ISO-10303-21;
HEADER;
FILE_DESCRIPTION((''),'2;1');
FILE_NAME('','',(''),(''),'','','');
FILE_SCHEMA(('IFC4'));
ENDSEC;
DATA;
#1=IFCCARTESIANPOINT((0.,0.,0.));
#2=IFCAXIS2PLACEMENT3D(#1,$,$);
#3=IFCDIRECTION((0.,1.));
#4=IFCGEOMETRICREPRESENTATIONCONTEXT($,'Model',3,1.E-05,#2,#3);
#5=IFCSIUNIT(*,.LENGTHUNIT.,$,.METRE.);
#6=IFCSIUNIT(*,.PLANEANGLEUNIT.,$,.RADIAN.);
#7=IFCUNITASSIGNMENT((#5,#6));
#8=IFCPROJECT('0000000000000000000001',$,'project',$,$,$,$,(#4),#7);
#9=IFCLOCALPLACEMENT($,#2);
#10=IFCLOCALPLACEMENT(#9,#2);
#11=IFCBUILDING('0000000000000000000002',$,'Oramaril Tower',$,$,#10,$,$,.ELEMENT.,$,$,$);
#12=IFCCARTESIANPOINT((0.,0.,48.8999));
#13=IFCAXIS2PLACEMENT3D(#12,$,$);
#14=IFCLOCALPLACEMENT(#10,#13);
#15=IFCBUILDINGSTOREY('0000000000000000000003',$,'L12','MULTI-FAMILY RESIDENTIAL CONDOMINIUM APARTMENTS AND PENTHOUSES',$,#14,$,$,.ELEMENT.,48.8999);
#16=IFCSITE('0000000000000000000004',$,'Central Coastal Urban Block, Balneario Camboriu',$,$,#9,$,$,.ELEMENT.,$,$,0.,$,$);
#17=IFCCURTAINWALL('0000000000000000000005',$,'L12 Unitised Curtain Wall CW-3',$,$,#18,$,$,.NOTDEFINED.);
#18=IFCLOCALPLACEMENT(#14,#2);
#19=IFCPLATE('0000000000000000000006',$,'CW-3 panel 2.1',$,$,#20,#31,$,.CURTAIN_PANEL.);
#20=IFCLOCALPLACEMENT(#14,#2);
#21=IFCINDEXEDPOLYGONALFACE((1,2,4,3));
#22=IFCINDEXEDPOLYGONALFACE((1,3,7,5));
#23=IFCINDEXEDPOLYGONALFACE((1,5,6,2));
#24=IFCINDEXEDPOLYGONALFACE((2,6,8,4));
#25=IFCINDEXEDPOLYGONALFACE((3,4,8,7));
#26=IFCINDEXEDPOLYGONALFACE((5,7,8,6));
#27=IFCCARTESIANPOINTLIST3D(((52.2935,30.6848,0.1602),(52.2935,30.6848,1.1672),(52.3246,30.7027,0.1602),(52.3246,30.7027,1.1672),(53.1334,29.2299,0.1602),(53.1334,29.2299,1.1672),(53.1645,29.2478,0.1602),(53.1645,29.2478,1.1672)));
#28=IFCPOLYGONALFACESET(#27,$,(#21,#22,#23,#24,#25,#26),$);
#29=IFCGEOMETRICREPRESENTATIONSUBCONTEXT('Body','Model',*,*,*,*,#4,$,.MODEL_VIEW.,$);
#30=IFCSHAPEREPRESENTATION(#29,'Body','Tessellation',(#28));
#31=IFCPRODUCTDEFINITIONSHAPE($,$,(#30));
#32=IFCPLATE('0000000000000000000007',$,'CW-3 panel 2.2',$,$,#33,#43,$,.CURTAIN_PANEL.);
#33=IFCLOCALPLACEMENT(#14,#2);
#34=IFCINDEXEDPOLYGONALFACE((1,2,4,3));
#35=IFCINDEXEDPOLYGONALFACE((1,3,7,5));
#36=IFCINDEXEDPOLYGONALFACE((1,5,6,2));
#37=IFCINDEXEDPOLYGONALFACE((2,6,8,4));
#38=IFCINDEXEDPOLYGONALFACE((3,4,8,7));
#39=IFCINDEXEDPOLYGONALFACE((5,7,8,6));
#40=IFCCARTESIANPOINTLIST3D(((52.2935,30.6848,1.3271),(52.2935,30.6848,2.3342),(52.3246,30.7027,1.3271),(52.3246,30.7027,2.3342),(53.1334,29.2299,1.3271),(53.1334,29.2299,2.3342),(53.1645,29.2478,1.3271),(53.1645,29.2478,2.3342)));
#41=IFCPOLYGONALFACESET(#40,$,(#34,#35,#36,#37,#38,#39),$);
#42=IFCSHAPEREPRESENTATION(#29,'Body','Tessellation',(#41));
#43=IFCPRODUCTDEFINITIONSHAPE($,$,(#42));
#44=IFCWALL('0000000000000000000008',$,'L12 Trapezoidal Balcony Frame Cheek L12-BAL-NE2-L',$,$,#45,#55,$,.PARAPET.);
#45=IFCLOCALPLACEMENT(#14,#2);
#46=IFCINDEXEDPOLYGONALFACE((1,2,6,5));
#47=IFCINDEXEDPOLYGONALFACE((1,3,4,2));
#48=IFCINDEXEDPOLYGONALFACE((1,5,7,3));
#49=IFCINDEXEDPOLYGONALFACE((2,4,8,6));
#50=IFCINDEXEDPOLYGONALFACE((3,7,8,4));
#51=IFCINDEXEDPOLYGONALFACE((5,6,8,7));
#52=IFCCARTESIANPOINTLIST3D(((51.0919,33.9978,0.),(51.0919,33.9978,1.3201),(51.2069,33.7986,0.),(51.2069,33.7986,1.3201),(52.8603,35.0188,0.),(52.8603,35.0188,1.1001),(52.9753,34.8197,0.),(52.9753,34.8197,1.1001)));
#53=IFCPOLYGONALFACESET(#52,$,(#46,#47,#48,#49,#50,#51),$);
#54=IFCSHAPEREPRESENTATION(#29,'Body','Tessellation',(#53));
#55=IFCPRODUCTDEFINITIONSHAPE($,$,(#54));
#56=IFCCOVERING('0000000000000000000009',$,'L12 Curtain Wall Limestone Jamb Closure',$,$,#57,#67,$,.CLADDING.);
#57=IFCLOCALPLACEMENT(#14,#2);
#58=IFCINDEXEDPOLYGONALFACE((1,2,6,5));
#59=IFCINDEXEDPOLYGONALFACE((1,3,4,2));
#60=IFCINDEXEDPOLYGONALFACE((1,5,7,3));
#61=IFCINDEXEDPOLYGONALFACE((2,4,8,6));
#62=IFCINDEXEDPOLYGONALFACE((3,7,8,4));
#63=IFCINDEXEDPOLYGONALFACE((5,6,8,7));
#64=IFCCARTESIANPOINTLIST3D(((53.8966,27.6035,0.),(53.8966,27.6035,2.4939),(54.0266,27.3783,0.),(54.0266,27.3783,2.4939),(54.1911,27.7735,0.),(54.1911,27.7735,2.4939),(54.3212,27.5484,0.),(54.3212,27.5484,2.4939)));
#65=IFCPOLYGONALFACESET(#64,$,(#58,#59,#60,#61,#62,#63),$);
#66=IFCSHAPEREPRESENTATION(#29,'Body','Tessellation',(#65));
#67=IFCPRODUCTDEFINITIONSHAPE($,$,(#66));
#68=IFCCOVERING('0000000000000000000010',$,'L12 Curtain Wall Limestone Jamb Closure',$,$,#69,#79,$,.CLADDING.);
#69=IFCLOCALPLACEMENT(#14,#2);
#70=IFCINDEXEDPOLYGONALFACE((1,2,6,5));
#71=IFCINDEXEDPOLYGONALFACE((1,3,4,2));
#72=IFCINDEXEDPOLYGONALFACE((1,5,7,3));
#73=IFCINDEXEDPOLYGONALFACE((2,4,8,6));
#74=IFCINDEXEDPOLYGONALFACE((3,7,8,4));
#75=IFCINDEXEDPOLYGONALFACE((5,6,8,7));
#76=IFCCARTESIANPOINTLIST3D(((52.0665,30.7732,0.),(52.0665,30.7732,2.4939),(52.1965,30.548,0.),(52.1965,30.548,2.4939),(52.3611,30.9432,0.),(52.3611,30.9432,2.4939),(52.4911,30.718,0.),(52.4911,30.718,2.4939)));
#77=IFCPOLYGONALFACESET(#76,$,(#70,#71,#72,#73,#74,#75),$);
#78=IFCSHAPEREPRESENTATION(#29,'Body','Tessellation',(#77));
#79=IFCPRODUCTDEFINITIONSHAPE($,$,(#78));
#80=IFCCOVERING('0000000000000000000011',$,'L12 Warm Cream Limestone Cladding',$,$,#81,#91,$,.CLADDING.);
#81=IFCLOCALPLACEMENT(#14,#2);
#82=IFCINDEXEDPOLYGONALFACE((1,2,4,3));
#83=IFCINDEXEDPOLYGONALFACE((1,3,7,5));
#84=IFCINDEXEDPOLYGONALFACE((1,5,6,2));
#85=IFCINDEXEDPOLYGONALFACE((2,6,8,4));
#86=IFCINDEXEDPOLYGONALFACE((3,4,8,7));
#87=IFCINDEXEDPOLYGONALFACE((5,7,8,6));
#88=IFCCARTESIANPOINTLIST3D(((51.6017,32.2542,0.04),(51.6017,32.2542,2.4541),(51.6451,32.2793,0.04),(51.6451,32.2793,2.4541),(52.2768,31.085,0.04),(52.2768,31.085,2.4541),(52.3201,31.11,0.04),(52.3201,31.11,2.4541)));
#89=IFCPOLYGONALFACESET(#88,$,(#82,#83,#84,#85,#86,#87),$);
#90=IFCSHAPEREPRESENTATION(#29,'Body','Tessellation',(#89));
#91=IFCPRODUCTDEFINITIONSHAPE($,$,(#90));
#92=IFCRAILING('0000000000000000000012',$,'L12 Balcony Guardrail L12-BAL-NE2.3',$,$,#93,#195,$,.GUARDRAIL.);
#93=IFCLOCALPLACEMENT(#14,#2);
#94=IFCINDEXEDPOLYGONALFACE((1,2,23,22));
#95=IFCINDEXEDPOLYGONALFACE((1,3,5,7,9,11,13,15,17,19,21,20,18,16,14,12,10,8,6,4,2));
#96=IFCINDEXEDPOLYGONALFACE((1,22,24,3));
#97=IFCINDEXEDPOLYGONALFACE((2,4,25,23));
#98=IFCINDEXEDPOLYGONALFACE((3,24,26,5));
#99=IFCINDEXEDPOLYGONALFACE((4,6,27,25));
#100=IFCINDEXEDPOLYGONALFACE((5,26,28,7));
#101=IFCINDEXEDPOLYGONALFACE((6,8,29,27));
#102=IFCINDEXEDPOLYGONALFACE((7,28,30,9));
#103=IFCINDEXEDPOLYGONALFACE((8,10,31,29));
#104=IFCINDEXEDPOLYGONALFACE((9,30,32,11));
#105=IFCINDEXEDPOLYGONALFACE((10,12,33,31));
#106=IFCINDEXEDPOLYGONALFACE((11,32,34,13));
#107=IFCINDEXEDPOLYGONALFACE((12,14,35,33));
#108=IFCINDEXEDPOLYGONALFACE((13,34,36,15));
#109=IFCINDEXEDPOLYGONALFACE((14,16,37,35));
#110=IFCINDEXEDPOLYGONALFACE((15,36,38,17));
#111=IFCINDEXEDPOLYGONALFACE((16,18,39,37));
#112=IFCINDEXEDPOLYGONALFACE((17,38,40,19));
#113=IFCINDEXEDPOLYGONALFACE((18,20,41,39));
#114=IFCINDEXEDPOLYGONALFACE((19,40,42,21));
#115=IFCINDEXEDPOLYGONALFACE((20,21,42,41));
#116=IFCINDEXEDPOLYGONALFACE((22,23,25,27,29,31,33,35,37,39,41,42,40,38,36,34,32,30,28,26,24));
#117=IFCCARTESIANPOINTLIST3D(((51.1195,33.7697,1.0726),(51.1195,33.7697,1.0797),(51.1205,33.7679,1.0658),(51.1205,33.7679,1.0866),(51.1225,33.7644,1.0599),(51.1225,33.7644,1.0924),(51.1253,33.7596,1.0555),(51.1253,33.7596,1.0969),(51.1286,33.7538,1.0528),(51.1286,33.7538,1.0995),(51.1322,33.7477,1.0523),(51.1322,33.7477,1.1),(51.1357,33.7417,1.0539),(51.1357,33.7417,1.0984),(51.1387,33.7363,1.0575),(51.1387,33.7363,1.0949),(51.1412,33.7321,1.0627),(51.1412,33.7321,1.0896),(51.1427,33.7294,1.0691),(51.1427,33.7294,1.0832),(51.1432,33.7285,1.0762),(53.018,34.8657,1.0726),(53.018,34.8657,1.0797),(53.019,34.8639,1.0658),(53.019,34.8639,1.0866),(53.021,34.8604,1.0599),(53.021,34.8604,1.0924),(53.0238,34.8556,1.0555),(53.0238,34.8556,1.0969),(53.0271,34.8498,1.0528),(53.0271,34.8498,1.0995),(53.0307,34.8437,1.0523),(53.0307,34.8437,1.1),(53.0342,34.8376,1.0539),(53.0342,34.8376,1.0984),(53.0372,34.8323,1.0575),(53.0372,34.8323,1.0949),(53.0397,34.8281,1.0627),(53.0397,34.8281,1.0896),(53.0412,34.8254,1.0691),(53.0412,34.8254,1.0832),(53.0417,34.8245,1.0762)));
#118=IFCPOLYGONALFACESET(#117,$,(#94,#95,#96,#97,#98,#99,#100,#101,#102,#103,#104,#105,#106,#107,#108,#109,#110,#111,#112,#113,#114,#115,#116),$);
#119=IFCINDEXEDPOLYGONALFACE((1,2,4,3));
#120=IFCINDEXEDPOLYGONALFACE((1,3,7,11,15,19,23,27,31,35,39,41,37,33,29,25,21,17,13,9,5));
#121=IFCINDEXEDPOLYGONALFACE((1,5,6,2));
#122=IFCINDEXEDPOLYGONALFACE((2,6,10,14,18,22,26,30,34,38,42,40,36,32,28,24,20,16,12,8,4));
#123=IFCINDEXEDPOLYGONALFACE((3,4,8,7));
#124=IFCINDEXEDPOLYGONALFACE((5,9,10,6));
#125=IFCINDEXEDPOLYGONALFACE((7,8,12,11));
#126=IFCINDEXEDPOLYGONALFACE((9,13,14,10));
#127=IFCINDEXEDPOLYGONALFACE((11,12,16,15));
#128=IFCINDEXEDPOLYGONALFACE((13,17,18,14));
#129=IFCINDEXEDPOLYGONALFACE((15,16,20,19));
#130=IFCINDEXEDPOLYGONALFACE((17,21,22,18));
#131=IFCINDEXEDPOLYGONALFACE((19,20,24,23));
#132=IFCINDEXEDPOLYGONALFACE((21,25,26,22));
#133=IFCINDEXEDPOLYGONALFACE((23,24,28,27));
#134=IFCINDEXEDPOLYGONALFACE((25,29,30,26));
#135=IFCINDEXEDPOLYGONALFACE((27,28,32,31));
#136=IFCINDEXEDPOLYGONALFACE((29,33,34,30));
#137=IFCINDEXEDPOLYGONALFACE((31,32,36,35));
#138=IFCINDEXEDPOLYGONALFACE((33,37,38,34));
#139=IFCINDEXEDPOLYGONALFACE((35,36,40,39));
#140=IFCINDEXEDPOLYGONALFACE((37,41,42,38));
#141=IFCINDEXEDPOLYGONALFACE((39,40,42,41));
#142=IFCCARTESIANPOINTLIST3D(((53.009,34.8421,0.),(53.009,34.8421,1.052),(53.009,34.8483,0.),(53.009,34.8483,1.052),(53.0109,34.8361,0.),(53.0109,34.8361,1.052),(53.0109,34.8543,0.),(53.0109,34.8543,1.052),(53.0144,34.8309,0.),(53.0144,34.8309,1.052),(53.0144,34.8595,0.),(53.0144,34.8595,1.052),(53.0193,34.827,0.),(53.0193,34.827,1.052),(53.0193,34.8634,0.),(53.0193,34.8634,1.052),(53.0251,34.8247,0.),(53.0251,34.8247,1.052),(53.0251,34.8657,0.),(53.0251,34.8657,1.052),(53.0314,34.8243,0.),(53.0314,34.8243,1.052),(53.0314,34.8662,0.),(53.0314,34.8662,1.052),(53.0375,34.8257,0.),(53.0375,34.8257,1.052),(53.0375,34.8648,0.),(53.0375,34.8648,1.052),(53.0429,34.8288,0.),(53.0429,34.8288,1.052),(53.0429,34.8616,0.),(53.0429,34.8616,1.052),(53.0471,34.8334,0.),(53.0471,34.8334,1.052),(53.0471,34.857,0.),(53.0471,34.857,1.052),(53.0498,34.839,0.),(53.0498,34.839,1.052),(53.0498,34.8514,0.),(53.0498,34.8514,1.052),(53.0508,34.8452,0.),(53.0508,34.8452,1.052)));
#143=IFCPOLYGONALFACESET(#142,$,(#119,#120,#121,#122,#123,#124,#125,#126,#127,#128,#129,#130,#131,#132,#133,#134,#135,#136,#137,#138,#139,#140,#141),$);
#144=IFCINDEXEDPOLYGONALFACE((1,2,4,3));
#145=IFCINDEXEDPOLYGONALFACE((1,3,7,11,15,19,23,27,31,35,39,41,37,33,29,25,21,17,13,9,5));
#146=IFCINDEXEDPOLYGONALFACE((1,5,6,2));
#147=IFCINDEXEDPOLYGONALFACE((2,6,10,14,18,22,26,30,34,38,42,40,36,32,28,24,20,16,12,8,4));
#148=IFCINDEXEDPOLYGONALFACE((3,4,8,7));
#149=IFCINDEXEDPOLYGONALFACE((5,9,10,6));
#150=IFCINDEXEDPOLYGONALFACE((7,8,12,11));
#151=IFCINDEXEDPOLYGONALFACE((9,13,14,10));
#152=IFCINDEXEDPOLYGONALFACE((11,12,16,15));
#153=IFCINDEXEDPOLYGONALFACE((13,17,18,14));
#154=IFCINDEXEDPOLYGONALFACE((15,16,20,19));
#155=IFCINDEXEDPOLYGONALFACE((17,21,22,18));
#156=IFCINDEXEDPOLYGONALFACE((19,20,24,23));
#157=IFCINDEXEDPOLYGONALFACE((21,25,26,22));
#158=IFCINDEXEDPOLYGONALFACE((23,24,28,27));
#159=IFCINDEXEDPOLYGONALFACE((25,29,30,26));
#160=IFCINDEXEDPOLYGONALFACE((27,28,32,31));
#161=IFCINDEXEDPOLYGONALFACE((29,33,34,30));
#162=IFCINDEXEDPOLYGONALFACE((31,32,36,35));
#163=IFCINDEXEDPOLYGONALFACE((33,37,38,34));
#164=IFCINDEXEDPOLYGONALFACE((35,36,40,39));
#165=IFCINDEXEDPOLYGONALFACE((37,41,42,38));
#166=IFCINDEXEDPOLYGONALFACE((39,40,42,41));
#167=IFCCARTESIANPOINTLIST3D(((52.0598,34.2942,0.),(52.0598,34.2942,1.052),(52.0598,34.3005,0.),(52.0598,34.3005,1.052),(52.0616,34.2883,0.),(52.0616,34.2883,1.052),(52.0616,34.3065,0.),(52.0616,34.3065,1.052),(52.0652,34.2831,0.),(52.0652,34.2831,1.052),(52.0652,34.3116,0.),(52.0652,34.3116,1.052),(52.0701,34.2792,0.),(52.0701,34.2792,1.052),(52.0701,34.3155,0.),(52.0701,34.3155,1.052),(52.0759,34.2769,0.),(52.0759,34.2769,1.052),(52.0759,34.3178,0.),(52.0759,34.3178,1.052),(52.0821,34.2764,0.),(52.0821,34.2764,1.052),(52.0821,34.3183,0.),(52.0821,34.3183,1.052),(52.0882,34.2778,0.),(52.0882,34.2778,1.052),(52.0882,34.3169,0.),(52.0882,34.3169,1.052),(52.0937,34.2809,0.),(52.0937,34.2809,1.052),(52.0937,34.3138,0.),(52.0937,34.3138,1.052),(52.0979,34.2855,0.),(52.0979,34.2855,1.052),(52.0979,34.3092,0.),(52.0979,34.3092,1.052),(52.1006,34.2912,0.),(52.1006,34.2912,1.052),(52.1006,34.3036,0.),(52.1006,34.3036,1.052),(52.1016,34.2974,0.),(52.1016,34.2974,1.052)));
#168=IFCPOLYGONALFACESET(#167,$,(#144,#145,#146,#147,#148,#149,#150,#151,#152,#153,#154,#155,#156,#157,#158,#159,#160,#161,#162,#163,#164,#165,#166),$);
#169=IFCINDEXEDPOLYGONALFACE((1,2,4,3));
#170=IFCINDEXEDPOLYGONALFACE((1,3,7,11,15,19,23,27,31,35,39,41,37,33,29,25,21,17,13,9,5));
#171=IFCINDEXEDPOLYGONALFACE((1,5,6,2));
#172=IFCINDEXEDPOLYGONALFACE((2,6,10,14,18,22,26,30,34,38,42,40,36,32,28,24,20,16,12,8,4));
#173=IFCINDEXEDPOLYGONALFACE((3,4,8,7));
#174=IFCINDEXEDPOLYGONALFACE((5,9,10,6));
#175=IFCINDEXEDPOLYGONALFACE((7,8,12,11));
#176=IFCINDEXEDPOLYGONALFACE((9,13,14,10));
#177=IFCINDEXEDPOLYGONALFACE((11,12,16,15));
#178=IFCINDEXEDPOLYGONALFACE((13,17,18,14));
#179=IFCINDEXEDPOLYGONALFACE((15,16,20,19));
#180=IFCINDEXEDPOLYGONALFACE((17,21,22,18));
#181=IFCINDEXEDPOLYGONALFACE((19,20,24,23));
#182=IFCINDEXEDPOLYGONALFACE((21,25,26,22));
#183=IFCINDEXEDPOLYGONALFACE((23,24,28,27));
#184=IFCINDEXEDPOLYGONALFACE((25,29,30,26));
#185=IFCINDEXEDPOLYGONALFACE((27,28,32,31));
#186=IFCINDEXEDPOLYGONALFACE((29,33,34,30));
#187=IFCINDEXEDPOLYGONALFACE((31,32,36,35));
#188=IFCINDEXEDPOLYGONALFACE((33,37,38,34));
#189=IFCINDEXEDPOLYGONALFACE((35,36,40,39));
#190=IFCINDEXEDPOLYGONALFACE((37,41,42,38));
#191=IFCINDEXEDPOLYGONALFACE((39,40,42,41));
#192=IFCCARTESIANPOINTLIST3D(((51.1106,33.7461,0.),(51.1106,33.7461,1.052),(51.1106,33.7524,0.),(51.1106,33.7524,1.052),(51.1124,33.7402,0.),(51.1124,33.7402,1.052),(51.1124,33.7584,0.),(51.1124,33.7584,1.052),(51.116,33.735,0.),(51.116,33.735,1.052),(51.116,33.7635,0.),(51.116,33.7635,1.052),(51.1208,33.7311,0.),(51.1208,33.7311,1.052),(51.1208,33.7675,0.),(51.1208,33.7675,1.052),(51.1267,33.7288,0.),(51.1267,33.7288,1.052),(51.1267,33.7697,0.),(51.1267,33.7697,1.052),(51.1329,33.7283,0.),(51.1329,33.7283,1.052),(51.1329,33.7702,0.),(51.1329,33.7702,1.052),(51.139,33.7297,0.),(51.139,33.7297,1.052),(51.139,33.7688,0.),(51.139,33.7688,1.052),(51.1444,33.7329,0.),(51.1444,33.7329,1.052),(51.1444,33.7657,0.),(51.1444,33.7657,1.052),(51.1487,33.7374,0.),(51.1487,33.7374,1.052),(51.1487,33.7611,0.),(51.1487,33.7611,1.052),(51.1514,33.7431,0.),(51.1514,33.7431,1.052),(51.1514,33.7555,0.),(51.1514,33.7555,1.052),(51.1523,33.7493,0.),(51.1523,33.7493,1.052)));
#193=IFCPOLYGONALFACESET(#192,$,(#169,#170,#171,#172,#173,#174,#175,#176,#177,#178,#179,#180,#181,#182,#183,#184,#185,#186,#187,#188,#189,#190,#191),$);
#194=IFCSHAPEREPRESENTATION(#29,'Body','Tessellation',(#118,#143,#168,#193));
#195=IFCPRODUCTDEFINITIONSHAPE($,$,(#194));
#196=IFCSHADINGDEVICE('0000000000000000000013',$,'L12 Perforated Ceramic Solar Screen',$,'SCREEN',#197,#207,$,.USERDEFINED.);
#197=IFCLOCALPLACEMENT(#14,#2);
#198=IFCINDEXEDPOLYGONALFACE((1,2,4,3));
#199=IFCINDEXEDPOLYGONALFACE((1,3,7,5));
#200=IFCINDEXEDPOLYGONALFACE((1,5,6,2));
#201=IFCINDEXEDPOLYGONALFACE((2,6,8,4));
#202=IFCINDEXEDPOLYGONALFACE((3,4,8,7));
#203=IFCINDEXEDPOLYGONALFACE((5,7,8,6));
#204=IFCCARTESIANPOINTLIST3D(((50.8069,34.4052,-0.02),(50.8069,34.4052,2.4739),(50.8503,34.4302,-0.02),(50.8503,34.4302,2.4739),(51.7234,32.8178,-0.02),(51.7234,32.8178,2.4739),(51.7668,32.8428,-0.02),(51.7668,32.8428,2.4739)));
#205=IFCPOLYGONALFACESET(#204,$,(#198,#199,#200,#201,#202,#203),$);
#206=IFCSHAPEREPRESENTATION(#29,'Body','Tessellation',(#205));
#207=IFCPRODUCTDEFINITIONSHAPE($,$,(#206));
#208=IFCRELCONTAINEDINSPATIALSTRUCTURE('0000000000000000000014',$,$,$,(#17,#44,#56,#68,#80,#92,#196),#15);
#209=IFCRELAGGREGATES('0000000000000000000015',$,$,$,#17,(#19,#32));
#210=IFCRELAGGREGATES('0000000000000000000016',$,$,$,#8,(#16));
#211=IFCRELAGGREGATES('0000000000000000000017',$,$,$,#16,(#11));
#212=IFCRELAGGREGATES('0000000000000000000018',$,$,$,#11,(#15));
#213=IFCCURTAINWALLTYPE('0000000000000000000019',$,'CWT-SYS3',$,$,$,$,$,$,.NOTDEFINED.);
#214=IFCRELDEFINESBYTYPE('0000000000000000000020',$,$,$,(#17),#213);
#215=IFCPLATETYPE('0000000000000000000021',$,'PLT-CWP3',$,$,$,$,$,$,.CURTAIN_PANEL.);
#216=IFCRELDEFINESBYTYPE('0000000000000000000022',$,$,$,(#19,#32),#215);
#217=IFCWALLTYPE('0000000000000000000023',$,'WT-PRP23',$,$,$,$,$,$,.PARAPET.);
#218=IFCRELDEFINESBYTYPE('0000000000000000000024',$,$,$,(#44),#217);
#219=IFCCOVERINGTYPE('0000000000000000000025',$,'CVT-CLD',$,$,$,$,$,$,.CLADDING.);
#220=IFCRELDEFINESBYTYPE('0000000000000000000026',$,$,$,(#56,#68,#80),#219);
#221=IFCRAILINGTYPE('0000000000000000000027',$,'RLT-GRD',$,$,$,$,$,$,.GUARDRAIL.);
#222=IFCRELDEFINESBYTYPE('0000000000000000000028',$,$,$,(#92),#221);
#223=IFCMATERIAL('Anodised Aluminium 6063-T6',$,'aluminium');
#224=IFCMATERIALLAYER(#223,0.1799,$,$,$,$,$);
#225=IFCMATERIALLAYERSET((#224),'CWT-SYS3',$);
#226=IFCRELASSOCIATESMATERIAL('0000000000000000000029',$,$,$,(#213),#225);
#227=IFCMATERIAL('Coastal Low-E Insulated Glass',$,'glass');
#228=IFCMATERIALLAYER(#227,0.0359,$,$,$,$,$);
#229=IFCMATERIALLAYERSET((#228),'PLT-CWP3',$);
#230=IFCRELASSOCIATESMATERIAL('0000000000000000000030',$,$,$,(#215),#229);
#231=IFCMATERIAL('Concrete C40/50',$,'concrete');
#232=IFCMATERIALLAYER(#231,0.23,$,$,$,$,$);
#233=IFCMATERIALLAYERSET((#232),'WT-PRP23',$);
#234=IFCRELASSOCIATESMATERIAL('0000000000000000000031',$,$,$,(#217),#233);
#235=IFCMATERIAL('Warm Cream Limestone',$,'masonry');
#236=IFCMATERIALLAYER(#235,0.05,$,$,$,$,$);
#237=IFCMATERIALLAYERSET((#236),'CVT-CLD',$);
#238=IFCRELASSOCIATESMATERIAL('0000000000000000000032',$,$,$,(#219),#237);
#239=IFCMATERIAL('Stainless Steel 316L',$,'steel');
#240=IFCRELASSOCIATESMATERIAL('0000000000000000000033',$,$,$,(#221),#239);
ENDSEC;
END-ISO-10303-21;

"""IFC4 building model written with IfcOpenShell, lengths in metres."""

from ifc_helpers import new_model, si_unit, direction, frame, origin, origin_2d, place, context, subcontext, project, spatial, polyline, rectangle, circle, outline, extrude, material, layer, layer_set, type_object, element, aggregate, save


model = new_model("IFC4")

# Units and contexts
model_context = context("Model", 3, precision=1e-05, world=origin(), true_north=direction((0.0, 1.0)))
body_context = subcontext(model_context, "Body", "Model", "MODEL_VIEW")
ifc_project = project(units=[si_unit("LENGTHUNIT", "METRE"), si_unit("PLANEANGLEUNIT", "RADIAN")], contexts=[model_context])

# Site, building, storey
site_placement = place(None, origin())
site = spatial("IfcSite", under=ifc_project, at=site_placement, Name="Central Coastal Urban Block, Balneario Camboriu", CompositionType="ELEMENT", RefElevation=0.0)
building_placement = place(site_placement, origin())
building = spatial("IfcBuilding", under=site, at=building_placement, Name="Oramaril Tower", CompositionType="ELEMENT")
storey_placement = place(building_placement, frame((0.0, 0.0, 48.8999)))
storey = spatial("IfcBuildingStorey", under=building, at=storey_placement, Name="L12", Description="MULTI-FAMILY RESIDENTIAL CONDOMINIUM APARTMENTS AND PENTHOUSES", CompositionType="ELEMENT", Elevation=48.8999)

# Curtain wall, plates
ifc_material_1 = material(Name="Anodised Aluminium 6063-T6", Category="aluminium")
ifc_layer_1 = layer(ifc_material_1, 0.1799)
ifc_layer_set_1 = layer_set([ifc_layer_1], Name="CWT-SYS3")
curtain_wall_type = type_object("IfcCurtainWallType", Name="CWT-SYS3", PredefinedType="NOTDEFINED", material=ifc_layer_set_1)
curtain_wall_placement = place(storey_placement, origin())
curtain_wall = element("IfcCurtainWall", 1, at=curtain_wall_placement, inside=storey, type_object=curtain_wall_type, Name="L12 Unitised Curtain Wall CW-3", PredefinedType="NOTDEFINED")
ifc_material_2 = material(Name="Coastal Low-E Insulated Glass", Category="glass")
ifc_layer_2 = layer(ifc_material_2, 0.0359)
ifc_layer_set_2 = layer_set([ifc_layer_2], Name="PLT-CWP3")
plate_type = type_object("IfcPlateType", Name="PLT-CWP3", PredefinedType="CURTAIN_PANEL", material=ifc_layer_set_2)
plate_1_placement = place(storey_placement, frame((52.729, 29.9663, 0.1602), z_axis=(0.0, 0.0, 1.0), x_axis=(-0.5, 0.866025, 0.0)))
plate_1 = element("IfcPlate", 2, at=plate_1_placement, type_object=plate_type, Name="CW-3 panel 2.1", PredefinedType="CURTAIN_PANEL", context=body_context, shape_type="SweptSolid", body=[
    extrude(rectangle(XDim=1.6799, YDim=0.0359, at=origin_2d()), origin(), (0.0, 0.0, 1.0), 1.0071),
])
plate_2_placement = place(storey_placement, frame((52.729, 29.9663, 1.3271), z_axis=(0.0, 0.0, 1.0), x_axis=(-0.5, 0.866025, 0.0)))
plate_2 = element("IfcPlate", 3, at=plate_2_placement, type_object=plate_type, Name="CW-3 panel 2.2", PredefinedType="CURTAIN_PANEL", context=body_context, shape_type="SweptSolid", body=[
    extrude(rectangle(XDim=1.6799, YDim=0.0359, at=origin_2d()), origin(), (0.0, 0.0, 1.0), 1.0071),
])
aggregate(curtain_wall, [plate_1, plate_2])

# Wall
ifc_material_3 = material(Name="Concrete C40/50", Category="concrete")
ifc_layer_3 = layer(ifc_material_3, 0.23)
ifc_layer_set_3 = layer_set([ifc_layer_3], Name="WT-PRP23")
wall_type_1 = type_object("IfcWallType", Name="WT-PRP23", PredefinedType="PARAPET", material=ifc_layer_set_3)
wall_1_placement = place(storey_placement, frame((51.1494, 33.8982, 0.0), z_axis=(0.0, 0.0, 1.0), x_axis=(0.866012, 0.500023, 0.0)))
element("IfcWall", 4, at=wall_1_placement, inside=storey, type_object=wall_type_1, Name="L12 Trapezoidal Balcony Frame Cheek L12-BAL-NE2-L", PredefinedType="PARAPET", context=body_context, shape_type="SweptSolid", body=[
    extrude(outline(polyline([(0.0, 0.0), (2.042, 0.0), (2.042, 1.1001), (0.0, 1.3201), (0.0, 0.0)])), frame((0.0, 0.115, 0.0), z_axis=(0.0, -1.0, 0.0), x_axis=(1.0, 0.0, 0.0)), (0.0, 0.0, 1.0), 0.23),
])

# Coverings
ifc_material_4 = material(Name="Warm Cream Limestone", Category="masonry")
ifc_layer_4 = layer(ifc_material_4, 0.05)
ifc_layer_set_4 = layer_set([ifc_layer_4], Name="CVT-CLD")
covering_type = type_object("IfcCoveringType", Name="CVT-CLD", PredefinedType="CLADDING", material=ifc_layer_set_4)
for number, where, z_axis, x_axis, name in (
    (5, (54.1089, 27.5759, 0.0), (0.0, 0.0, 1.0), (-0.5, 0.866025, 0.0), "L12 Curtain Wall Limestone Jamb Closure"),
    (6, (52.2788, 30.7456, 0.0), (0.0, 0.0, 1.0), (-0.5, 0.866025, 0.0), "L12 Curtain Wall Limestone Jamb Closure"),
):
    element("IfcCovering", number, at=place(storey_placement, frame(where, z_axis=z_axis, x_axis=x_axis)), inside=storey, type_object=covering_type, Name=name, PredefinedType="CLADDING", context=body_context, shape_type="SweptSolid", body=[
        extrude(rectangle(XDim=0.26, YDim=0.3401, at=origin_2d()), origin(), (0.0, 0.0, 1.0), 2.4939),
    ])
covering_placement = place(storey_placement, frame((51.9609, 31.6821, 0.04), z_axis=(0.0, 0.0, 1.0), x_axis=(-0.5, 0.866025, 0.0)))
element("IfcCovering", 7, at=covering_placement, inside=storey, type_object=covering_type, Name="L12 Warm Cream Limestone Cladding", PredefinedType="CLADDING", context=body_context, shape_type="SweptSolid", body=[
    extrude(rectangle(XDim=1.3501, YDim=0.05, at=origin_2d()), origin(), (0.0, 0.0, 1.0), 2.4141),
])

# Railing
ifc_material_5 = material(Name="Stainless Steel 316L", Category="steel")
railing_type = type_object("IfcRailingType", Name="RLT-GRD", PredefinedType="GUARDRAIL", material=ifc_material_5)
railing_placement = place(storey_placement, frame((53.0298, 34.8452, 0.0)))
element("IfcRailing", 8, at=railing_placement, inside=storey, type_object=railing_type, Name="L12 Balcony Guardrail L12-BAL-NE2.3", PredefinedType="GUARDRAIL", context=body_context, shape_type="SweptSolid", body=[
    extrude(circle(Radius=0.0239, at=origin_2d()), frame((0.0, 0.0, 1.0762), z_axis=(-0.866048, -0.49996, 0.0), x_axis=(0.49996, -0.866048, 0.0)), (0.0, 0.0, 1.0), 2.1921),
    extrude(circle(Radius=0.021, at=origin_2d()), origin(), (0.0, 0.0, 1.0), 1.052),
    extrude(circle(Radius=0.021, at=origin_2d()), frame((-0.9492, -0.5479, 0.0)), (0.0, 0.0, 1.0), 1.052),
    extrude(circle(Radius=0.021, at=origin_2d()), frame((-1.8984, -1.0959, 0.0)), (0.0, 0.0, 1.0), 1.052),
])

# Shading device
shading_device_placement = place(storey_placement, frame((51.2869, 33.624, -0.02), z_axis=(0.0, 0.0, 1.0), x_axis=(-0.500003, 0.866024, 0.0)))
element("IfcShadingDevice", 9, at=shading_device_placement, inside=storey, Name="L12 Perforated Ceramic Solar Screen", ObjectType="SCREEN", PredefinedType="USERDEFINED", context=body_context, shape_type="SweptSolid", body=[
    extrude(rectangle(XDim=1.833, YDim=0.05, at=origin_2d()), origin(), (0.0, 0.0, 1.0), 2.4939),
])

save(model, "model.ifc")
